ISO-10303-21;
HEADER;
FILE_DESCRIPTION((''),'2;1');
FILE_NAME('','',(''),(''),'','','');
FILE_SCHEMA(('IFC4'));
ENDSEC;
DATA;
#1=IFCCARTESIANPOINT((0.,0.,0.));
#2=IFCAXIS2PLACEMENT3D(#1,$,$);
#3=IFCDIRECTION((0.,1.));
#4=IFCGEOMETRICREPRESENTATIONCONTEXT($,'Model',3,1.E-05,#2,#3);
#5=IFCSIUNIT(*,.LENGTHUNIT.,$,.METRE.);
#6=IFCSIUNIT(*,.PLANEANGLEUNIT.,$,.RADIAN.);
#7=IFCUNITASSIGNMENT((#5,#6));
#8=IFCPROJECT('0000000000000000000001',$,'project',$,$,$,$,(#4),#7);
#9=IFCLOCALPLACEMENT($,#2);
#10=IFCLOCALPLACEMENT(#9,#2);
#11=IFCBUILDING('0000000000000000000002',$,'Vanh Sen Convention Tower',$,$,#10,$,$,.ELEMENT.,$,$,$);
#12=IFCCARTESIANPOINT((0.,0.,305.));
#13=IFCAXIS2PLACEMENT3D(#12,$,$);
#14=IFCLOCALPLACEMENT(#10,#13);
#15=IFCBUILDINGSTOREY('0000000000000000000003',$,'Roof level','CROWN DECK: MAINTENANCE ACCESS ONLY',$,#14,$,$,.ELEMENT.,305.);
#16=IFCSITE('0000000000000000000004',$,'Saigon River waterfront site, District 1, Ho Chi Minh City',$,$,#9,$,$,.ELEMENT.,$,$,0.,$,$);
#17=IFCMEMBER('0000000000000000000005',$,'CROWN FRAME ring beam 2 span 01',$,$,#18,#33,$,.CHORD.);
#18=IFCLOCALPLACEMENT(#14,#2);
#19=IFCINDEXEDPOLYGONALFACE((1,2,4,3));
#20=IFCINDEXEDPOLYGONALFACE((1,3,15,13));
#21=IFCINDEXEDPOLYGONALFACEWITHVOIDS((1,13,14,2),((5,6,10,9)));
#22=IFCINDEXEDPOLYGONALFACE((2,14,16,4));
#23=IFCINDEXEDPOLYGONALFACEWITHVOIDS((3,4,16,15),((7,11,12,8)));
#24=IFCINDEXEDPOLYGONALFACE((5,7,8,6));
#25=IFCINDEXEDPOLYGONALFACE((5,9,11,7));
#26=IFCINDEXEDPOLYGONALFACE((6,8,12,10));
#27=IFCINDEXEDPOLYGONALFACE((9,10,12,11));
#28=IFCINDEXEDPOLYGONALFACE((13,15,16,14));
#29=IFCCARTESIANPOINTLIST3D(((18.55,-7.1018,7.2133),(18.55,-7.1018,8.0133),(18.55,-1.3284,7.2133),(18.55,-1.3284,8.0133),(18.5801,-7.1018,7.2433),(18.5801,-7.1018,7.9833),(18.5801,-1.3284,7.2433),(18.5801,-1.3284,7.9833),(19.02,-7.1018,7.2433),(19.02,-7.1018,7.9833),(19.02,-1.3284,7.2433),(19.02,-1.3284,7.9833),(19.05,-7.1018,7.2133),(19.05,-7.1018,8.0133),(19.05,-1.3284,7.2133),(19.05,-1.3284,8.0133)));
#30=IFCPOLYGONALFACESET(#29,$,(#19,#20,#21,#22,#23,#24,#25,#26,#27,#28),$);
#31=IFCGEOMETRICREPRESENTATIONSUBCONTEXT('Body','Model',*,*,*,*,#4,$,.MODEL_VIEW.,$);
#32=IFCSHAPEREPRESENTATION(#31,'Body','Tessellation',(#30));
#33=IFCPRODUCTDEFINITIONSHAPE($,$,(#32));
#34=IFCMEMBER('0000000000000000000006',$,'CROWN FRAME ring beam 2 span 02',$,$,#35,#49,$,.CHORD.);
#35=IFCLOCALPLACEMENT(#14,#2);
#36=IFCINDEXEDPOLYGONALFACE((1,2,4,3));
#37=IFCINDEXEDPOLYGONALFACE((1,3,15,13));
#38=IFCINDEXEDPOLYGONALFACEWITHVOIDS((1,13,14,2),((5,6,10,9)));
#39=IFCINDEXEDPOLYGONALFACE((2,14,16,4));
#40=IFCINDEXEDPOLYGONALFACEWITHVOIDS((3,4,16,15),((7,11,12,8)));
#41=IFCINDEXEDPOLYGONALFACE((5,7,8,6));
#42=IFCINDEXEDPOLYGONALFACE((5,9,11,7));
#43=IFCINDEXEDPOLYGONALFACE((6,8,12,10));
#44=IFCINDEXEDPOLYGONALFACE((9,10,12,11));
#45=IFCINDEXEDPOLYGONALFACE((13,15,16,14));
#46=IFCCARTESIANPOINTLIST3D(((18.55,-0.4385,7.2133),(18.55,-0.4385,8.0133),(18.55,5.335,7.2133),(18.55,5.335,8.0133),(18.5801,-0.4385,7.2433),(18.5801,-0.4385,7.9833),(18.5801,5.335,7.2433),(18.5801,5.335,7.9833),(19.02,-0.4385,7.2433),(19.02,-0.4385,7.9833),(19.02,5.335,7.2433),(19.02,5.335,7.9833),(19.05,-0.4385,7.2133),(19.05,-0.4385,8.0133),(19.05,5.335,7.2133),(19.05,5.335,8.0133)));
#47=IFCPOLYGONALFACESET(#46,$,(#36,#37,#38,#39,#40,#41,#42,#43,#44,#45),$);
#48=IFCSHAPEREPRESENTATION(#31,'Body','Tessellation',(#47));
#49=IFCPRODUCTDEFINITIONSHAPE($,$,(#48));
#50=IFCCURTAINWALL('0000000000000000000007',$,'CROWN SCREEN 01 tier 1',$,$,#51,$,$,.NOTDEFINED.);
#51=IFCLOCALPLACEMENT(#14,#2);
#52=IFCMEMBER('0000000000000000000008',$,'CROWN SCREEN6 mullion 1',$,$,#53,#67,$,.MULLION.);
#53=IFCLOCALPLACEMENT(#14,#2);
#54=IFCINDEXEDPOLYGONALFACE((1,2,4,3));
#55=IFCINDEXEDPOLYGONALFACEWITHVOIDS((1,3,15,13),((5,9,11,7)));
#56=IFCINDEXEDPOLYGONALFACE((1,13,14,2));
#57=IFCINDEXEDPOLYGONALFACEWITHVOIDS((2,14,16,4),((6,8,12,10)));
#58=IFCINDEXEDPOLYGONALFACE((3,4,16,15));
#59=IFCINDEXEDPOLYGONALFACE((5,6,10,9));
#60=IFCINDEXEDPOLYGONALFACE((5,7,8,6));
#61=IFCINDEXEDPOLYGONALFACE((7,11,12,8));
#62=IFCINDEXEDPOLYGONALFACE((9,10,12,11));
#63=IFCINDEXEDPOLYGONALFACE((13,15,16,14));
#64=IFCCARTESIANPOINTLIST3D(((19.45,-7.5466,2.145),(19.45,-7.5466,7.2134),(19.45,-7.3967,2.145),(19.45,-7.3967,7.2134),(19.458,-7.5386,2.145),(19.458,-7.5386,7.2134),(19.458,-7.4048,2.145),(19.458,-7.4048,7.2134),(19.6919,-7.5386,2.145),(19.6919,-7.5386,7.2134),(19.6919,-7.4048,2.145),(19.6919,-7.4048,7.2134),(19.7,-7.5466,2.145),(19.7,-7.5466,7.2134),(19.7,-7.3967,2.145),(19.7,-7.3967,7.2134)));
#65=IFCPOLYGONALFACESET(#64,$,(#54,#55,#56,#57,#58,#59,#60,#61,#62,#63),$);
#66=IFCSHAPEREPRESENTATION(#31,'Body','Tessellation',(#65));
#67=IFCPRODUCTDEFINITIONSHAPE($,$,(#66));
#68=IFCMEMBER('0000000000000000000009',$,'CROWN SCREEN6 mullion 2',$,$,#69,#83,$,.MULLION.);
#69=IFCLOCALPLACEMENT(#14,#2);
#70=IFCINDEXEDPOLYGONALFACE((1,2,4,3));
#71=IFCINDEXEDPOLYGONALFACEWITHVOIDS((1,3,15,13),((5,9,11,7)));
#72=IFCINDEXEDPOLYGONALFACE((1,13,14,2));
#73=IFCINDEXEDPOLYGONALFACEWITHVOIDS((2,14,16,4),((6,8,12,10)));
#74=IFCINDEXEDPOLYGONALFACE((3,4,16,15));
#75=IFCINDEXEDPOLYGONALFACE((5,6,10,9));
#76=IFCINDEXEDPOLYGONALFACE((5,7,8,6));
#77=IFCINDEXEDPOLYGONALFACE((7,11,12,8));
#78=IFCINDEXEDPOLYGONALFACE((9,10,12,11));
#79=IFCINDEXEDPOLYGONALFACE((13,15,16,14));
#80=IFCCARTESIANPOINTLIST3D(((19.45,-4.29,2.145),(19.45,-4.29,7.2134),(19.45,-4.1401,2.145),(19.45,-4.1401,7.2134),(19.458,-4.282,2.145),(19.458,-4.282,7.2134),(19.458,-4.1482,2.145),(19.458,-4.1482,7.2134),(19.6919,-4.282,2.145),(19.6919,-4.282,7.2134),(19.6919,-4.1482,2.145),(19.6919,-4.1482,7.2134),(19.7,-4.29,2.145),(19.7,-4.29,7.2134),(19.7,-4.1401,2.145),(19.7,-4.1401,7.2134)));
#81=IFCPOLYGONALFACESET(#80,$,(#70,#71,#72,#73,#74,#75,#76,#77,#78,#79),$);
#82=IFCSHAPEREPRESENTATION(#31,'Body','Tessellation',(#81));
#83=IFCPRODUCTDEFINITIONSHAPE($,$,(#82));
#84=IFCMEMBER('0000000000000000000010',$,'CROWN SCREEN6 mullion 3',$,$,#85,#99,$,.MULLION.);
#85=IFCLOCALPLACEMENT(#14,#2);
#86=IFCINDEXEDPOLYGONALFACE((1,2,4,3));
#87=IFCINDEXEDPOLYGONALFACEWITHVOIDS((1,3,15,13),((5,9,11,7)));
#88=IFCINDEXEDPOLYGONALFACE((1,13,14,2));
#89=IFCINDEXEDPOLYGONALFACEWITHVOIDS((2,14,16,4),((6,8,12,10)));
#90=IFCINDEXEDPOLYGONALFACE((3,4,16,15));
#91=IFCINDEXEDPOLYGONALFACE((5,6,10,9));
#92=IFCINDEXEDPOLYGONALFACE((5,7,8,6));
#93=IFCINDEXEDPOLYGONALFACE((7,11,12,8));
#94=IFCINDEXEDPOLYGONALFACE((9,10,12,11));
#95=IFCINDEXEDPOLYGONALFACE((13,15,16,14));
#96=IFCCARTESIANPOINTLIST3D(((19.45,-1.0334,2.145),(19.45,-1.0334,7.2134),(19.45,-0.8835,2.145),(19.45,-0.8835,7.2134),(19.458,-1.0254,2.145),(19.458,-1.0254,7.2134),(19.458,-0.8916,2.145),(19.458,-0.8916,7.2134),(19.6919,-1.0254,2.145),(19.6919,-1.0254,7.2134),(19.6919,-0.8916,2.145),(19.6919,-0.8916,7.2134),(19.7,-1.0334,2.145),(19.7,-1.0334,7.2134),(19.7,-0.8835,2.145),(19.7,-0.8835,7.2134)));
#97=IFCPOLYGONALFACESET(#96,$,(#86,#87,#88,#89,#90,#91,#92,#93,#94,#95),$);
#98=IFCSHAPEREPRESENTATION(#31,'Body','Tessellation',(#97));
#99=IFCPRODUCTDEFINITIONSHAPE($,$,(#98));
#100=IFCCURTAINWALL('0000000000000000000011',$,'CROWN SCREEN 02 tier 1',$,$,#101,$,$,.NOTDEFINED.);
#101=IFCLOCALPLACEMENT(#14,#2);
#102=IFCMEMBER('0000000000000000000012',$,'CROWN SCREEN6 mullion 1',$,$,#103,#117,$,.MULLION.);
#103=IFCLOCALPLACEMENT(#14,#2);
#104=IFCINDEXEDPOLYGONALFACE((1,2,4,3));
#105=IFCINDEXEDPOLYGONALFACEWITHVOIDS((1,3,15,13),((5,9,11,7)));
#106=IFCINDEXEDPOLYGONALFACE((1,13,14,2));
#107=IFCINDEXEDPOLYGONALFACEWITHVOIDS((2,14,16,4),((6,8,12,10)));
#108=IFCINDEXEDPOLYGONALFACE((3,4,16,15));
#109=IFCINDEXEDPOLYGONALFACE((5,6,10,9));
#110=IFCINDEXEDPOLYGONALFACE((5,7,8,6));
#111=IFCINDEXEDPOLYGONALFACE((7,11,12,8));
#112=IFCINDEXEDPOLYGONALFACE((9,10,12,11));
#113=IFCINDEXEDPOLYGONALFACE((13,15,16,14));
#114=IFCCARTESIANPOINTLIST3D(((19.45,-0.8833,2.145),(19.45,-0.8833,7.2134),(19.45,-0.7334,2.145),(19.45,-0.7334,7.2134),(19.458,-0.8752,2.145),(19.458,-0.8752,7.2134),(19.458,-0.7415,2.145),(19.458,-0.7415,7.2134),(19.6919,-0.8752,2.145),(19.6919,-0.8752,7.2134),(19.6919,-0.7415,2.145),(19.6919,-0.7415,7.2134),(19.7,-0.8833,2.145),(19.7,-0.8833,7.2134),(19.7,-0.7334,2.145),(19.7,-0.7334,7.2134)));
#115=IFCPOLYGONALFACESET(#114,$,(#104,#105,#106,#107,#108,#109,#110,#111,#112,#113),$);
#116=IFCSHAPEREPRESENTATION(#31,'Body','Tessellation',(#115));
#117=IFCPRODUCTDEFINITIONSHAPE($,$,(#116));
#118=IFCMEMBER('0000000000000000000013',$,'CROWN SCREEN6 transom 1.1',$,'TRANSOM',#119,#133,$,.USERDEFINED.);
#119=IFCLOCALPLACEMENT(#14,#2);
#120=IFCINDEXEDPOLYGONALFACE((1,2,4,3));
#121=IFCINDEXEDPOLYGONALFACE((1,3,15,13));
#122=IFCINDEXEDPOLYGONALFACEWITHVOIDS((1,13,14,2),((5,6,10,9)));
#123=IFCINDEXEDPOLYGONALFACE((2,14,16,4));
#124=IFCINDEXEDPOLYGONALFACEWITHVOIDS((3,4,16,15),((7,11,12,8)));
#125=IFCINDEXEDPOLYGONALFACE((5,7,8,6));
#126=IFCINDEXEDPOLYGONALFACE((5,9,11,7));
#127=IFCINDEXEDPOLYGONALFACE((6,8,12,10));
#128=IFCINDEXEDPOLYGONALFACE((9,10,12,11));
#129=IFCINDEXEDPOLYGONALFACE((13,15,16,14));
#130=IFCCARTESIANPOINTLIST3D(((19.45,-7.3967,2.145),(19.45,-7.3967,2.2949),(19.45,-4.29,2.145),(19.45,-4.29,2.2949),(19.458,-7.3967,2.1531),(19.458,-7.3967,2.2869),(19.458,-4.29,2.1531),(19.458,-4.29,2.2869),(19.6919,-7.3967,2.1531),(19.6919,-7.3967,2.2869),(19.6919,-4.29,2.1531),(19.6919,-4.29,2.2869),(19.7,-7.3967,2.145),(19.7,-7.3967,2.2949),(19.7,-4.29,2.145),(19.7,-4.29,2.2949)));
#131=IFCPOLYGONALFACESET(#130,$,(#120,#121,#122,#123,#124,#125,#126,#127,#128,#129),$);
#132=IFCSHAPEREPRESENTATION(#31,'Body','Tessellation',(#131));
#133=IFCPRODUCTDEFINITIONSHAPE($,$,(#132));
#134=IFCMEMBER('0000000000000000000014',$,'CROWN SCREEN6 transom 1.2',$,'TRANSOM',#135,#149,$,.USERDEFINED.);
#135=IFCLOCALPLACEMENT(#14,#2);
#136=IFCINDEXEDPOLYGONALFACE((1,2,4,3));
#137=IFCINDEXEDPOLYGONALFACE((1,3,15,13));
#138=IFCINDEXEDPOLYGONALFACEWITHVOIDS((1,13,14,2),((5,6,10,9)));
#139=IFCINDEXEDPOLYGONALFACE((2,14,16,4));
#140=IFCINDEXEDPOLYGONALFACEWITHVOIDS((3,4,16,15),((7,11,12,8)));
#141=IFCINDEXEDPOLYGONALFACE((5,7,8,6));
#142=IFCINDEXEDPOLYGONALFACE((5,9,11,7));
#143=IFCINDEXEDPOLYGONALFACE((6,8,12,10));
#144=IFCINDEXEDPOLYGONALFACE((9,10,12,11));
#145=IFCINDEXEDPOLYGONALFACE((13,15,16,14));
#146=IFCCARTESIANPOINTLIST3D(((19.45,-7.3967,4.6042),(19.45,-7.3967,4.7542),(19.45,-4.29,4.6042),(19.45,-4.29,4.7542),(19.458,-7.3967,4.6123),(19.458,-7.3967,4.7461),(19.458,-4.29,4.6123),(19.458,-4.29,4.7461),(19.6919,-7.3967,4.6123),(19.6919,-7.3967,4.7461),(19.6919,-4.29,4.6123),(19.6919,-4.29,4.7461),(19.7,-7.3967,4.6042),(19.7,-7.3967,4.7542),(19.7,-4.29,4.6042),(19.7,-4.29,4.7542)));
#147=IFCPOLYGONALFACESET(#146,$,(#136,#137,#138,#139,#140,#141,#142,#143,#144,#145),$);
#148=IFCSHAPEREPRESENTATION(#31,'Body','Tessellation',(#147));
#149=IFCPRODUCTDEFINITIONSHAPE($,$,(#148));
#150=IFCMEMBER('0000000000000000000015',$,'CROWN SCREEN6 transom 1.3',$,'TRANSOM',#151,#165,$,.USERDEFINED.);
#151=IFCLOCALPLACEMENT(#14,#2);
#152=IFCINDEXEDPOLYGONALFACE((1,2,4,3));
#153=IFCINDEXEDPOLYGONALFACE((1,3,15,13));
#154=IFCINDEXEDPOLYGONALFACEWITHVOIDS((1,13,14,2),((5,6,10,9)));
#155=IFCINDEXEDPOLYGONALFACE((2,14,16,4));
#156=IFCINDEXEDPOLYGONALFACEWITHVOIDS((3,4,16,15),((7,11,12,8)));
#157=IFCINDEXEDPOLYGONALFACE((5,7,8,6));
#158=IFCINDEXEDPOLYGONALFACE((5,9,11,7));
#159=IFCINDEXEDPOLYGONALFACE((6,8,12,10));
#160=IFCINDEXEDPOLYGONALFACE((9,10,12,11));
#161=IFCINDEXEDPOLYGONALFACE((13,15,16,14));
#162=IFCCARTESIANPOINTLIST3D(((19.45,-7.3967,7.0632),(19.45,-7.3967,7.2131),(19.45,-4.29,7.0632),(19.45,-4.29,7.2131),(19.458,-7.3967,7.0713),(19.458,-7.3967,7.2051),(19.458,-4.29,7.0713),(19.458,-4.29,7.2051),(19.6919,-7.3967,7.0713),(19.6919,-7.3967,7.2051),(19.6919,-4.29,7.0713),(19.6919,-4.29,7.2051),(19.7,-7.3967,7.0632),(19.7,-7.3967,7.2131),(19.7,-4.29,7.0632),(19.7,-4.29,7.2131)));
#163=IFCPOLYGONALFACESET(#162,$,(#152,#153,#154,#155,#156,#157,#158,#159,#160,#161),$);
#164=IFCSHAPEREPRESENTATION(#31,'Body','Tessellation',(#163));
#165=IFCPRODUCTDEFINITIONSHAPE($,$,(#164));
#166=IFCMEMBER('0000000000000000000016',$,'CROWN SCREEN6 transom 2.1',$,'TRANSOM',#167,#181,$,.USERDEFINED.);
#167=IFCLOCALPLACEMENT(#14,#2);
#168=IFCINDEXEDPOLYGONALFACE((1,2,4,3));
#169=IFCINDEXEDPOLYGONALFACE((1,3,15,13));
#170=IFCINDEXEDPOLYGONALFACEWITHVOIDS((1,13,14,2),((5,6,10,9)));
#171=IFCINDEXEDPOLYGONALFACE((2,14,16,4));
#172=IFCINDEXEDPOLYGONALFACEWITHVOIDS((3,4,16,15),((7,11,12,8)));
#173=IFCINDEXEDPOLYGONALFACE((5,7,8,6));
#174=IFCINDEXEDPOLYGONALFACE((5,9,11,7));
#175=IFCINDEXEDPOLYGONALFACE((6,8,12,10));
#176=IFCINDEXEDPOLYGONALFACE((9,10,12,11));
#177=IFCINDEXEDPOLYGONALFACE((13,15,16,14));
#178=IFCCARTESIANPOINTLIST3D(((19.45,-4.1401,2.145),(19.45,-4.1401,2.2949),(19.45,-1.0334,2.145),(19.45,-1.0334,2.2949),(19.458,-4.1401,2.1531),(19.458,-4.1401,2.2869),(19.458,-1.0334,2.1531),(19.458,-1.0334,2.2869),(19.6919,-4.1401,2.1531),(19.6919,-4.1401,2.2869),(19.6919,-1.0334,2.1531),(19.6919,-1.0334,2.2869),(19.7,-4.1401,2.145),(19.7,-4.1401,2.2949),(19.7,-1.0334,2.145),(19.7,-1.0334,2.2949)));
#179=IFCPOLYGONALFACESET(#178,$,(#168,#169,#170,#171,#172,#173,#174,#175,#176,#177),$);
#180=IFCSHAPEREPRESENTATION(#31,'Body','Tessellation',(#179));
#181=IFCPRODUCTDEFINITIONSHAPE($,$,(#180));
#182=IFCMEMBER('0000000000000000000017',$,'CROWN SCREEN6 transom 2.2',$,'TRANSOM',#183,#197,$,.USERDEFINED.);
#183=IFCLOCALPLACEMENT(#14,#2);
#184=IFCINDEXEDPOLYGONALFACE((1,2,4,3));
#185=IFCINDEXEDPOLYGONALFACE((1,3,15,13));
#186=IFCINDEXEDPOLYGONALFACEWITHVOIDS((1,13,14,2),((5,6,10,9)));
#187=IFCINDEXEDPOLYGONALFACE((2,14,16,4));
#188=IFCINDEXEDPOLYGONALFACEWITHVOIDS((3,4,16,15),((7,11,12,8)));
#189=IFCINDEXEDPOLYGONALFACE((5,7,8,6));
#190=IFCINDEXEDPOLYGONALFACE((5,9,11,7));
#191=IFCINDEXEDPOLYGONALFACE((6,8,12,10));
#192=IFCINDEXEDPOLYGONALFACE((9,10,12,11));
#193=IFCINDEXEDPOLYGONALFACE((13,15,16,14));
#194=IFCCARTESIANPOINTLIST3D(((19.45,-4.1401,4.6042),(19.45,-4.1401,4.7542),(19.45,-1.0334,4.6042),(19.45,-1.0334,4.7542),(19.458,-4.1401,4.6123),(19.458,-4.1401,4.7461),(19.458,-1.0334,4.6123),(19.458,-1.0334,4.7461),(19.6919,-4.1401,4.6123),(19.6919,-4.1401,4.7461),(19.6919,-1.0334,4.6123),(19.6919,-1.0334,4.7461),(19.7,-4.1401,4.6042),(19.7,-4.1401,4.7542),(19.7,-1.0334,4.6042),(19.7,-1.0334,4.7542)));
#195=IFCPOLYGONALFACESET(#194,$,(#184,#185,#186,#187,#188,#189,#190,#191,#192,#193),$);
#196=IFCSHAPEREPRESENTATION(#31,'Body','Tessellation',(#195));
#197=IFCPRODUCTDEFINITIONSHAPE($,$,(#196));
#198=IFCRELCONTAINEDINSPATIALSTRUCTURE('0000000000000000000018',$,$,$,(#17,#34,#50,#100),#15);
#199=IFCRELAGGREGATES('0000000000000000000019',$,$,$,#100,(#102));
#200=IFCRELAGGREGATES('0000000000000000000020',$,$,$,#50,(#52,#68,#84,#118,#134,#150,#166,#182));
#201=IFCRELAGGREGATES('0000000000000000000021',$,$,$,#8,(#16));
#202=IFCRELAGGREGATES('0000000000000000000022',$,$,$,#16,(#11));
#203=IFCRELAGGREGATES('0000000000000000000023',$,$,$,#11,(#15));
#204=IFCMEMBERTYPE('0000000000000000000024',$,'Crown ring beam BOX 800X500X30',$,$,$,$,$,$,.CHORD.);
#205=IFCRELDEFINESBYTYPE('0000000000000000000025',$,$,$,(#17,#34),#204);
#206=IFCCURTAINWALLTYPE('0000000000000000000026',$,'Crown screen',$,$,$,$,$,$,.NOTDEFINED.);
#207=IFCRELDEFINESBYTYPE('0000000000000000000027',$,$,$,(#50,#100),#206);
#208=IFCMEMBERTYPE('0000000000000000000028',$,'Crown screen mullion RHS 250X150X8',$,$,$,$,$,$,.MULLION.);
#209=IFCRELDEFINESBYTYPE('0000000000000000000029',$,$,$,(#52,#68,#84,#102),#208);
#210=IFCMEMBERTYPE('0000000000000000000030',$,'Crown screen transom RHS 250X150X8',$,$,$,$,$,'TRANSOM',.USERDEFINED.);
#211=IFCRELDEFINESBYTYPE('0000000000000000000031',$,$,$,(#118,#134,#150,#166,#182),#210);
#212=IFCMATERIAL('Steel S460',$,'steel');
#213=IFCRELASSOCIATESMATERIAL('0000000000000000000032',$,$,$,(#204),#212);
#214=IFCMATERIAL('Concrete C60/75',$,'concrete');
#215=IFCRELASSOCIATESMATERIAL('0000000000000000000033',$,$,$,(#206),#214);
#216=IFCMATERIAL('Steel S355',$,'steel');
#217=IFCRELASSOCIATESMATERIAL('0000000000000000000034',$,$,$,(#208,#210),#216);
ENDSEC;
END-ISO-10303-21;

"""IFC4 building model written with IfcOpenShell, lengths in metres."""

from ifc_helpers import new_model, si_unit, direction, frame, origin, origin_2d, place, context, subcontext, project, spatial, hollow_rectangle, extrude, material, material_profile, profile_set, type_object, element, aggregate, save


model = new_model("IFC4")

# Units and contexts
model_context = context("Model", 3, precision=1e-05, world=origin(), true_north=direction((0.0, 1.0)))
body_context = subcontext(model_context, "Body", "Model", "MODEL_VIEW")
ifc_project = project(units=[si_unit("LENGTHUNIT", "METRE"), si_unit("PLANEANGLEUNIT", "RADIAN")], contexts=[model_context])

# Site, building, storey
site_placement = place(None, origin())
site = spatial("IfcSite", under=ifc_project, at=site_placement, Name="Saigon River waterfront site, District 1, Ho Chi Minh City", CompositionType="ELEMENT", RefElevation=0.0)
building_placement = place(site_placement, origin())
building = spatial("IfcBuilding", under=site, at=building_placement, Name="Vanh Sen Convention Tower", CompositionType="ELEMENT")
storey_placement = place(building_placement, frame((0.0, 0.0, 305.0)))
storey = spatial("IfcBuildingStorey", under=building, at=storey_placement, Name="Roof level", Description="CROWN DECK: MAINTENANCE ACCESS ONLY", CompositionType="ELEMENT", Elevation=305.0)

# Members
ifc_material_1 = material(Name="Steel S460", Category="steel")
ifc_material_profile_1 = material_profile(ifc_material_1, hollow_rectangle(XDim=0.5, YDim=0.8, WallThickness=0.03, at=origin_2d()), Name="BOX 800X500X30")
ifc_profile_set_1 = profile_set([ifc_material_profile_1], Name="Steel S460")
member_type_1 = type_object("IfcMemberType", Name="Crown ring beam BOX 800X500X30", PredefinedType="CHORD", material=ifc_profile_set_1)
for number, where, z_axis, x_axis, name in (
    (1, (18.8, -7.1018, 7.6133), (0.0, 1.0, 0.0), (-1.0, 0.0, 0.0), "CROWN FRAME ring beam 2 span 01"),
    (2, (18.8, -0.4385, 7.6133), (0.0, 1.0, 0.0), (-1.0, 0.0, 0.0), "CROWN FRAME ring beam 2 span 02"),
):
    element("IfcMember", number, at=place(storey_placement, frame(where, z_axis=z_axis, x_axis=x_axis)), inside=storey, type_object=member_type_1, Name=name, PredefinedType="CHORD", context=body_context, shape_type="SweptSolid", body=[
        extrude(hollow_rectangle(XDim=0.5, YDim=0.8, WallThickness=0.03, at=origin_2d()), origin(), (0.0, 0.0, 1.0), 5.7734),
    ])

# Curtain wall, members
ifc_material_2 = material(Name="Concrete C60/75", Category="concrete")
curtain_wall_type = type_object("IfcCurtainWallType", Name="Crown screen", PredefinedType="NOTDEFINED", material=ifc_material_2)
curtain_wall_1_placement = place(storey_placement, origin())
curtain_wall_1 = element("IfcCurtainWall", 3, at=curtain_wall_1_placement, inside=storey, type_object=curtain_wall_type, Name="CROWN SCREEN 01 tier 1", PredefinedType="NOTDEFINED")
ifc_material_3 = material(Name="Steel S355", Category="steel")
ifc_material_profile_2 = material_profile(ifc_material_3, hollow_rectangle(XDim=0.25, YDim=0.1499, WallThickness=0.0081, at=origin_2d()), Name="RHS 250X150X8")
ifc_profile_set_2 = profile_set([ifc_material_profile_2], Name="Steel S355")
member_type_2 = type_object("IfcMemberType", Name="Crown screen mullion RHS 250X150X8", PredefinedType="MULLION", material=ifc_profile_set_2)
member_1_placement = place(storey_placement, frame((19.575, -7.4717, 2.145), z_axis=(0.0, 0.0, 1.0), x_axis=(-1.0, 0.0, 0.0)))
member_1 = element("IfcMember", 4, at=member_1_placement, type_object=member_type_2, Name="CROWN SCREEN6 mullion 1", PredefinedType="MULLION", context=body_context, shape_type="SweptSolid", body=[
    extrude(hollow_rectangle(XDim=0.25, YDim=0.1499, WallThickness=0.0081, at=origin_2d()), origin(), (0.0, 0.0, 1.0), 5.0684),
])
member_2_placement = place(storey_placement, frame((19.575, -4.2151, 2.145), z_axis=(0.0, 0.0, 1.0), x_axis=(-1.0, 0.0, 0.0)))
member_2 = element("IfcMember", 5, at=member_2_placement, type_object=member_type_2, Name="CROWN SCREEN6 mullion 2", PredefinedType="MULLION", context=body_context, shape_type="SweptSolid", body=[
    extrude(hollow_rectangle(XDim=0.25, YDim=0.1499, WallThickness=0.0081, at=origin_2d()), origin(), (0.0, 0.0, 1.0), 5.0684),
])
member_3_placement = place(storey_placement, frame((19.575, -0.9585, 2.145), z_axis=(0.0, 0.0, 1.0), x_axis=(-1.0, 0.0, 0.0)))
member_3 = element("IfcMember", 6, at=member_3_placement, type_object=member_type_2, Name="CROWN SCREEN6 mullion 3", PredefinedType="MULLION", context=body_context, shape_type="SweptSolid", body=[
    extrude(hollow_rectangle(XDim=0.25, YDim=0.1499, WallThickness=0.0081, at=origin_2d()), origin(), (0.0, 0.0, 1.0), 5.0684),
])

# Curtain wall, member
curtain_wall_2_placement = place(storey_placement, origin())
curtain_wall_2 = element("IfcCurtainWall", 7, at=curtain_wall_2_placement, inside=storey, type_object=curtain_wall_type, Name="CROWN SCREEN 02 tier 1", PredefinedType="NOTDEFINED")
member_4_placement = place(storey_placement, frame((19.575, -0.8083, 2.145), z_axis=(0.0, 0.0, 1.0), x_axis=(-1.0, 0.0, 0.0)))
member_4 = element("IfcMember", 8, at=member_4_placement, type_object=member_type_2, Name="CROWN SCREEN6 mullion 1", PredefinedType="MULLION", context=body_context, shape_type="SweptSolid", body=[
    extrude(hollow_rectangle(XDim=0.25, YDim=0.1499, WallThickness=0.0081, at=origin_2d()), origin(), (0.0, 0.0, 1.0), 5.0684),
])

# Members
ifc_material_profile_3 = material_profile(ifc_material_3, hollow_rectangle(XDim=0.25, YDim=0.1499, WallThickness=0.0081, at=origin_2d()), Name="RHS 250X150X8")
ifc_profile_set_3 = profile_set([ifc_material_profile_3], Name="Steel S355")
member_type_3 = type_object("IfcMemberType", Name="Crown screen transom RHS 250X150X8", ElementType="TRANSOM", PredefinedType="USERDEFINED", material=ifc_profile_set_3)
member_5_placement = place(storey_placement, frame((19.575, -7.3967, 2.22), z_axis=(0.0, 1.0, 0.0), x_axis=(-1.0, 0.0, 0.0)))
member_5 = element("IfcMember", 9, at=member_5_placement, type_object=member_type_3, Name="CROWN SCREEN6 transom 1.1", ObjectType="TRANSOM", PredefinedType="USERDEFINED", context=body_context, shape_type="SweptSolid", body=[
    extrude(hollow_rectangle(XDim=0.25, YDim=0.1499, WallThickness=0.0081, at=origin_2d()), origin(), (0.0, 0.0, 1.0), 3.1067),
])
member_6_placement = place(storey_placement, frame((19.575, -7.3967, 4.6792), z_axis=(0.0, 1.0, 0.0), x_axis=(-1.0, 0.0, 0.0)))
member_6 = element("IfcMember", 10, at=member_6_placement, type_object=member_type_3, Name="CROWN SCREEN6 transom 1.2", ObjectType="TRANSOM", PredefinedType="USERDEFINED", context=body_context, shape_type="SweptSolid", body=[
    extrude(hollow_rectangle(XDim=0.25, YDim=0.1499, WallThickness=0.0081, at=origin_2d()), origin(), (0.0, 0.0, 1.0), 3.1067),
])
member_7_placement = place(storey_placement, frame((19.575, -7.3967, 7.1382), z_axis=(0.0, 1.0, 0.0), x_axis=(-1.0, 0.0, 0.0)))
member_7 = element("IfcMember", 11, at=member_7_placement, type_object=member_type_3, Name="CROWN SCREEN6 transom 1.3", ObjectType="TRANSOM", PredefinedType="USERDEFINED", context=body_context, shape_type="SweptSolid", body=[
    extrude(hollow_rectangle(XDim=0.25, YDim=0.1499, WallThickness=0.0081, at=origin_2d()), origin(), (0.0, 0.0, 1.0), 3.1067),
])
member_8_placement = place(storey_placement, frame((19.575, -4.1401, 2.22), z_axis=(0.0, 1.0, 0.0), x_axis=(-1.0, 0.0, 0.0)))
member_8 = element("IfcMember", 12, at=member_8_placement, type_object=member_type_3, Name="CROWN SCREEN6 transom 2.1", ObjectType="TRANSOM", PredefinedType="USERDEFINED", context=body_context, shape_type="SweptSolid", body=[
    extrude(hollow_rectangle(XDim=0.25, YDim=0.1499, WallThickness=0.0081, at=origin_2d()), origin(), (0.0, 0.0, 1.0), 3.1067),
])
member_9_placement = place(storey_placement, frame((19.575, -4.1401, 4.6792), z_axis=(0.0, 1.0, 0.0), x_axis=(-1.0, 0.0, 0.0)))
member_9 = element("IfcMember", 13, at=member_9_placement, type_object=member_type_3, Name="CROWN SCREEN6 transom 2.2", ObjectType="TRANSOM", PredefinedType="USERDEFINED", context=body_context, shape_type="SweptSolid", body=[
    extrude(hollow_rectangle(XDim=0.25, YDim=0.1499, WallThickness=0.0081, at=origin_2d()), origin(), (0.0, 0.0, 1.0), 3.1067),
])
aggregate(curtain_wall_2, [member_4])

aggregate(curtain_wall_1, [member_1, member_2, member_3, member_5, member_6, member_7, member_8, member_9])

save(model, "model.ifc")
